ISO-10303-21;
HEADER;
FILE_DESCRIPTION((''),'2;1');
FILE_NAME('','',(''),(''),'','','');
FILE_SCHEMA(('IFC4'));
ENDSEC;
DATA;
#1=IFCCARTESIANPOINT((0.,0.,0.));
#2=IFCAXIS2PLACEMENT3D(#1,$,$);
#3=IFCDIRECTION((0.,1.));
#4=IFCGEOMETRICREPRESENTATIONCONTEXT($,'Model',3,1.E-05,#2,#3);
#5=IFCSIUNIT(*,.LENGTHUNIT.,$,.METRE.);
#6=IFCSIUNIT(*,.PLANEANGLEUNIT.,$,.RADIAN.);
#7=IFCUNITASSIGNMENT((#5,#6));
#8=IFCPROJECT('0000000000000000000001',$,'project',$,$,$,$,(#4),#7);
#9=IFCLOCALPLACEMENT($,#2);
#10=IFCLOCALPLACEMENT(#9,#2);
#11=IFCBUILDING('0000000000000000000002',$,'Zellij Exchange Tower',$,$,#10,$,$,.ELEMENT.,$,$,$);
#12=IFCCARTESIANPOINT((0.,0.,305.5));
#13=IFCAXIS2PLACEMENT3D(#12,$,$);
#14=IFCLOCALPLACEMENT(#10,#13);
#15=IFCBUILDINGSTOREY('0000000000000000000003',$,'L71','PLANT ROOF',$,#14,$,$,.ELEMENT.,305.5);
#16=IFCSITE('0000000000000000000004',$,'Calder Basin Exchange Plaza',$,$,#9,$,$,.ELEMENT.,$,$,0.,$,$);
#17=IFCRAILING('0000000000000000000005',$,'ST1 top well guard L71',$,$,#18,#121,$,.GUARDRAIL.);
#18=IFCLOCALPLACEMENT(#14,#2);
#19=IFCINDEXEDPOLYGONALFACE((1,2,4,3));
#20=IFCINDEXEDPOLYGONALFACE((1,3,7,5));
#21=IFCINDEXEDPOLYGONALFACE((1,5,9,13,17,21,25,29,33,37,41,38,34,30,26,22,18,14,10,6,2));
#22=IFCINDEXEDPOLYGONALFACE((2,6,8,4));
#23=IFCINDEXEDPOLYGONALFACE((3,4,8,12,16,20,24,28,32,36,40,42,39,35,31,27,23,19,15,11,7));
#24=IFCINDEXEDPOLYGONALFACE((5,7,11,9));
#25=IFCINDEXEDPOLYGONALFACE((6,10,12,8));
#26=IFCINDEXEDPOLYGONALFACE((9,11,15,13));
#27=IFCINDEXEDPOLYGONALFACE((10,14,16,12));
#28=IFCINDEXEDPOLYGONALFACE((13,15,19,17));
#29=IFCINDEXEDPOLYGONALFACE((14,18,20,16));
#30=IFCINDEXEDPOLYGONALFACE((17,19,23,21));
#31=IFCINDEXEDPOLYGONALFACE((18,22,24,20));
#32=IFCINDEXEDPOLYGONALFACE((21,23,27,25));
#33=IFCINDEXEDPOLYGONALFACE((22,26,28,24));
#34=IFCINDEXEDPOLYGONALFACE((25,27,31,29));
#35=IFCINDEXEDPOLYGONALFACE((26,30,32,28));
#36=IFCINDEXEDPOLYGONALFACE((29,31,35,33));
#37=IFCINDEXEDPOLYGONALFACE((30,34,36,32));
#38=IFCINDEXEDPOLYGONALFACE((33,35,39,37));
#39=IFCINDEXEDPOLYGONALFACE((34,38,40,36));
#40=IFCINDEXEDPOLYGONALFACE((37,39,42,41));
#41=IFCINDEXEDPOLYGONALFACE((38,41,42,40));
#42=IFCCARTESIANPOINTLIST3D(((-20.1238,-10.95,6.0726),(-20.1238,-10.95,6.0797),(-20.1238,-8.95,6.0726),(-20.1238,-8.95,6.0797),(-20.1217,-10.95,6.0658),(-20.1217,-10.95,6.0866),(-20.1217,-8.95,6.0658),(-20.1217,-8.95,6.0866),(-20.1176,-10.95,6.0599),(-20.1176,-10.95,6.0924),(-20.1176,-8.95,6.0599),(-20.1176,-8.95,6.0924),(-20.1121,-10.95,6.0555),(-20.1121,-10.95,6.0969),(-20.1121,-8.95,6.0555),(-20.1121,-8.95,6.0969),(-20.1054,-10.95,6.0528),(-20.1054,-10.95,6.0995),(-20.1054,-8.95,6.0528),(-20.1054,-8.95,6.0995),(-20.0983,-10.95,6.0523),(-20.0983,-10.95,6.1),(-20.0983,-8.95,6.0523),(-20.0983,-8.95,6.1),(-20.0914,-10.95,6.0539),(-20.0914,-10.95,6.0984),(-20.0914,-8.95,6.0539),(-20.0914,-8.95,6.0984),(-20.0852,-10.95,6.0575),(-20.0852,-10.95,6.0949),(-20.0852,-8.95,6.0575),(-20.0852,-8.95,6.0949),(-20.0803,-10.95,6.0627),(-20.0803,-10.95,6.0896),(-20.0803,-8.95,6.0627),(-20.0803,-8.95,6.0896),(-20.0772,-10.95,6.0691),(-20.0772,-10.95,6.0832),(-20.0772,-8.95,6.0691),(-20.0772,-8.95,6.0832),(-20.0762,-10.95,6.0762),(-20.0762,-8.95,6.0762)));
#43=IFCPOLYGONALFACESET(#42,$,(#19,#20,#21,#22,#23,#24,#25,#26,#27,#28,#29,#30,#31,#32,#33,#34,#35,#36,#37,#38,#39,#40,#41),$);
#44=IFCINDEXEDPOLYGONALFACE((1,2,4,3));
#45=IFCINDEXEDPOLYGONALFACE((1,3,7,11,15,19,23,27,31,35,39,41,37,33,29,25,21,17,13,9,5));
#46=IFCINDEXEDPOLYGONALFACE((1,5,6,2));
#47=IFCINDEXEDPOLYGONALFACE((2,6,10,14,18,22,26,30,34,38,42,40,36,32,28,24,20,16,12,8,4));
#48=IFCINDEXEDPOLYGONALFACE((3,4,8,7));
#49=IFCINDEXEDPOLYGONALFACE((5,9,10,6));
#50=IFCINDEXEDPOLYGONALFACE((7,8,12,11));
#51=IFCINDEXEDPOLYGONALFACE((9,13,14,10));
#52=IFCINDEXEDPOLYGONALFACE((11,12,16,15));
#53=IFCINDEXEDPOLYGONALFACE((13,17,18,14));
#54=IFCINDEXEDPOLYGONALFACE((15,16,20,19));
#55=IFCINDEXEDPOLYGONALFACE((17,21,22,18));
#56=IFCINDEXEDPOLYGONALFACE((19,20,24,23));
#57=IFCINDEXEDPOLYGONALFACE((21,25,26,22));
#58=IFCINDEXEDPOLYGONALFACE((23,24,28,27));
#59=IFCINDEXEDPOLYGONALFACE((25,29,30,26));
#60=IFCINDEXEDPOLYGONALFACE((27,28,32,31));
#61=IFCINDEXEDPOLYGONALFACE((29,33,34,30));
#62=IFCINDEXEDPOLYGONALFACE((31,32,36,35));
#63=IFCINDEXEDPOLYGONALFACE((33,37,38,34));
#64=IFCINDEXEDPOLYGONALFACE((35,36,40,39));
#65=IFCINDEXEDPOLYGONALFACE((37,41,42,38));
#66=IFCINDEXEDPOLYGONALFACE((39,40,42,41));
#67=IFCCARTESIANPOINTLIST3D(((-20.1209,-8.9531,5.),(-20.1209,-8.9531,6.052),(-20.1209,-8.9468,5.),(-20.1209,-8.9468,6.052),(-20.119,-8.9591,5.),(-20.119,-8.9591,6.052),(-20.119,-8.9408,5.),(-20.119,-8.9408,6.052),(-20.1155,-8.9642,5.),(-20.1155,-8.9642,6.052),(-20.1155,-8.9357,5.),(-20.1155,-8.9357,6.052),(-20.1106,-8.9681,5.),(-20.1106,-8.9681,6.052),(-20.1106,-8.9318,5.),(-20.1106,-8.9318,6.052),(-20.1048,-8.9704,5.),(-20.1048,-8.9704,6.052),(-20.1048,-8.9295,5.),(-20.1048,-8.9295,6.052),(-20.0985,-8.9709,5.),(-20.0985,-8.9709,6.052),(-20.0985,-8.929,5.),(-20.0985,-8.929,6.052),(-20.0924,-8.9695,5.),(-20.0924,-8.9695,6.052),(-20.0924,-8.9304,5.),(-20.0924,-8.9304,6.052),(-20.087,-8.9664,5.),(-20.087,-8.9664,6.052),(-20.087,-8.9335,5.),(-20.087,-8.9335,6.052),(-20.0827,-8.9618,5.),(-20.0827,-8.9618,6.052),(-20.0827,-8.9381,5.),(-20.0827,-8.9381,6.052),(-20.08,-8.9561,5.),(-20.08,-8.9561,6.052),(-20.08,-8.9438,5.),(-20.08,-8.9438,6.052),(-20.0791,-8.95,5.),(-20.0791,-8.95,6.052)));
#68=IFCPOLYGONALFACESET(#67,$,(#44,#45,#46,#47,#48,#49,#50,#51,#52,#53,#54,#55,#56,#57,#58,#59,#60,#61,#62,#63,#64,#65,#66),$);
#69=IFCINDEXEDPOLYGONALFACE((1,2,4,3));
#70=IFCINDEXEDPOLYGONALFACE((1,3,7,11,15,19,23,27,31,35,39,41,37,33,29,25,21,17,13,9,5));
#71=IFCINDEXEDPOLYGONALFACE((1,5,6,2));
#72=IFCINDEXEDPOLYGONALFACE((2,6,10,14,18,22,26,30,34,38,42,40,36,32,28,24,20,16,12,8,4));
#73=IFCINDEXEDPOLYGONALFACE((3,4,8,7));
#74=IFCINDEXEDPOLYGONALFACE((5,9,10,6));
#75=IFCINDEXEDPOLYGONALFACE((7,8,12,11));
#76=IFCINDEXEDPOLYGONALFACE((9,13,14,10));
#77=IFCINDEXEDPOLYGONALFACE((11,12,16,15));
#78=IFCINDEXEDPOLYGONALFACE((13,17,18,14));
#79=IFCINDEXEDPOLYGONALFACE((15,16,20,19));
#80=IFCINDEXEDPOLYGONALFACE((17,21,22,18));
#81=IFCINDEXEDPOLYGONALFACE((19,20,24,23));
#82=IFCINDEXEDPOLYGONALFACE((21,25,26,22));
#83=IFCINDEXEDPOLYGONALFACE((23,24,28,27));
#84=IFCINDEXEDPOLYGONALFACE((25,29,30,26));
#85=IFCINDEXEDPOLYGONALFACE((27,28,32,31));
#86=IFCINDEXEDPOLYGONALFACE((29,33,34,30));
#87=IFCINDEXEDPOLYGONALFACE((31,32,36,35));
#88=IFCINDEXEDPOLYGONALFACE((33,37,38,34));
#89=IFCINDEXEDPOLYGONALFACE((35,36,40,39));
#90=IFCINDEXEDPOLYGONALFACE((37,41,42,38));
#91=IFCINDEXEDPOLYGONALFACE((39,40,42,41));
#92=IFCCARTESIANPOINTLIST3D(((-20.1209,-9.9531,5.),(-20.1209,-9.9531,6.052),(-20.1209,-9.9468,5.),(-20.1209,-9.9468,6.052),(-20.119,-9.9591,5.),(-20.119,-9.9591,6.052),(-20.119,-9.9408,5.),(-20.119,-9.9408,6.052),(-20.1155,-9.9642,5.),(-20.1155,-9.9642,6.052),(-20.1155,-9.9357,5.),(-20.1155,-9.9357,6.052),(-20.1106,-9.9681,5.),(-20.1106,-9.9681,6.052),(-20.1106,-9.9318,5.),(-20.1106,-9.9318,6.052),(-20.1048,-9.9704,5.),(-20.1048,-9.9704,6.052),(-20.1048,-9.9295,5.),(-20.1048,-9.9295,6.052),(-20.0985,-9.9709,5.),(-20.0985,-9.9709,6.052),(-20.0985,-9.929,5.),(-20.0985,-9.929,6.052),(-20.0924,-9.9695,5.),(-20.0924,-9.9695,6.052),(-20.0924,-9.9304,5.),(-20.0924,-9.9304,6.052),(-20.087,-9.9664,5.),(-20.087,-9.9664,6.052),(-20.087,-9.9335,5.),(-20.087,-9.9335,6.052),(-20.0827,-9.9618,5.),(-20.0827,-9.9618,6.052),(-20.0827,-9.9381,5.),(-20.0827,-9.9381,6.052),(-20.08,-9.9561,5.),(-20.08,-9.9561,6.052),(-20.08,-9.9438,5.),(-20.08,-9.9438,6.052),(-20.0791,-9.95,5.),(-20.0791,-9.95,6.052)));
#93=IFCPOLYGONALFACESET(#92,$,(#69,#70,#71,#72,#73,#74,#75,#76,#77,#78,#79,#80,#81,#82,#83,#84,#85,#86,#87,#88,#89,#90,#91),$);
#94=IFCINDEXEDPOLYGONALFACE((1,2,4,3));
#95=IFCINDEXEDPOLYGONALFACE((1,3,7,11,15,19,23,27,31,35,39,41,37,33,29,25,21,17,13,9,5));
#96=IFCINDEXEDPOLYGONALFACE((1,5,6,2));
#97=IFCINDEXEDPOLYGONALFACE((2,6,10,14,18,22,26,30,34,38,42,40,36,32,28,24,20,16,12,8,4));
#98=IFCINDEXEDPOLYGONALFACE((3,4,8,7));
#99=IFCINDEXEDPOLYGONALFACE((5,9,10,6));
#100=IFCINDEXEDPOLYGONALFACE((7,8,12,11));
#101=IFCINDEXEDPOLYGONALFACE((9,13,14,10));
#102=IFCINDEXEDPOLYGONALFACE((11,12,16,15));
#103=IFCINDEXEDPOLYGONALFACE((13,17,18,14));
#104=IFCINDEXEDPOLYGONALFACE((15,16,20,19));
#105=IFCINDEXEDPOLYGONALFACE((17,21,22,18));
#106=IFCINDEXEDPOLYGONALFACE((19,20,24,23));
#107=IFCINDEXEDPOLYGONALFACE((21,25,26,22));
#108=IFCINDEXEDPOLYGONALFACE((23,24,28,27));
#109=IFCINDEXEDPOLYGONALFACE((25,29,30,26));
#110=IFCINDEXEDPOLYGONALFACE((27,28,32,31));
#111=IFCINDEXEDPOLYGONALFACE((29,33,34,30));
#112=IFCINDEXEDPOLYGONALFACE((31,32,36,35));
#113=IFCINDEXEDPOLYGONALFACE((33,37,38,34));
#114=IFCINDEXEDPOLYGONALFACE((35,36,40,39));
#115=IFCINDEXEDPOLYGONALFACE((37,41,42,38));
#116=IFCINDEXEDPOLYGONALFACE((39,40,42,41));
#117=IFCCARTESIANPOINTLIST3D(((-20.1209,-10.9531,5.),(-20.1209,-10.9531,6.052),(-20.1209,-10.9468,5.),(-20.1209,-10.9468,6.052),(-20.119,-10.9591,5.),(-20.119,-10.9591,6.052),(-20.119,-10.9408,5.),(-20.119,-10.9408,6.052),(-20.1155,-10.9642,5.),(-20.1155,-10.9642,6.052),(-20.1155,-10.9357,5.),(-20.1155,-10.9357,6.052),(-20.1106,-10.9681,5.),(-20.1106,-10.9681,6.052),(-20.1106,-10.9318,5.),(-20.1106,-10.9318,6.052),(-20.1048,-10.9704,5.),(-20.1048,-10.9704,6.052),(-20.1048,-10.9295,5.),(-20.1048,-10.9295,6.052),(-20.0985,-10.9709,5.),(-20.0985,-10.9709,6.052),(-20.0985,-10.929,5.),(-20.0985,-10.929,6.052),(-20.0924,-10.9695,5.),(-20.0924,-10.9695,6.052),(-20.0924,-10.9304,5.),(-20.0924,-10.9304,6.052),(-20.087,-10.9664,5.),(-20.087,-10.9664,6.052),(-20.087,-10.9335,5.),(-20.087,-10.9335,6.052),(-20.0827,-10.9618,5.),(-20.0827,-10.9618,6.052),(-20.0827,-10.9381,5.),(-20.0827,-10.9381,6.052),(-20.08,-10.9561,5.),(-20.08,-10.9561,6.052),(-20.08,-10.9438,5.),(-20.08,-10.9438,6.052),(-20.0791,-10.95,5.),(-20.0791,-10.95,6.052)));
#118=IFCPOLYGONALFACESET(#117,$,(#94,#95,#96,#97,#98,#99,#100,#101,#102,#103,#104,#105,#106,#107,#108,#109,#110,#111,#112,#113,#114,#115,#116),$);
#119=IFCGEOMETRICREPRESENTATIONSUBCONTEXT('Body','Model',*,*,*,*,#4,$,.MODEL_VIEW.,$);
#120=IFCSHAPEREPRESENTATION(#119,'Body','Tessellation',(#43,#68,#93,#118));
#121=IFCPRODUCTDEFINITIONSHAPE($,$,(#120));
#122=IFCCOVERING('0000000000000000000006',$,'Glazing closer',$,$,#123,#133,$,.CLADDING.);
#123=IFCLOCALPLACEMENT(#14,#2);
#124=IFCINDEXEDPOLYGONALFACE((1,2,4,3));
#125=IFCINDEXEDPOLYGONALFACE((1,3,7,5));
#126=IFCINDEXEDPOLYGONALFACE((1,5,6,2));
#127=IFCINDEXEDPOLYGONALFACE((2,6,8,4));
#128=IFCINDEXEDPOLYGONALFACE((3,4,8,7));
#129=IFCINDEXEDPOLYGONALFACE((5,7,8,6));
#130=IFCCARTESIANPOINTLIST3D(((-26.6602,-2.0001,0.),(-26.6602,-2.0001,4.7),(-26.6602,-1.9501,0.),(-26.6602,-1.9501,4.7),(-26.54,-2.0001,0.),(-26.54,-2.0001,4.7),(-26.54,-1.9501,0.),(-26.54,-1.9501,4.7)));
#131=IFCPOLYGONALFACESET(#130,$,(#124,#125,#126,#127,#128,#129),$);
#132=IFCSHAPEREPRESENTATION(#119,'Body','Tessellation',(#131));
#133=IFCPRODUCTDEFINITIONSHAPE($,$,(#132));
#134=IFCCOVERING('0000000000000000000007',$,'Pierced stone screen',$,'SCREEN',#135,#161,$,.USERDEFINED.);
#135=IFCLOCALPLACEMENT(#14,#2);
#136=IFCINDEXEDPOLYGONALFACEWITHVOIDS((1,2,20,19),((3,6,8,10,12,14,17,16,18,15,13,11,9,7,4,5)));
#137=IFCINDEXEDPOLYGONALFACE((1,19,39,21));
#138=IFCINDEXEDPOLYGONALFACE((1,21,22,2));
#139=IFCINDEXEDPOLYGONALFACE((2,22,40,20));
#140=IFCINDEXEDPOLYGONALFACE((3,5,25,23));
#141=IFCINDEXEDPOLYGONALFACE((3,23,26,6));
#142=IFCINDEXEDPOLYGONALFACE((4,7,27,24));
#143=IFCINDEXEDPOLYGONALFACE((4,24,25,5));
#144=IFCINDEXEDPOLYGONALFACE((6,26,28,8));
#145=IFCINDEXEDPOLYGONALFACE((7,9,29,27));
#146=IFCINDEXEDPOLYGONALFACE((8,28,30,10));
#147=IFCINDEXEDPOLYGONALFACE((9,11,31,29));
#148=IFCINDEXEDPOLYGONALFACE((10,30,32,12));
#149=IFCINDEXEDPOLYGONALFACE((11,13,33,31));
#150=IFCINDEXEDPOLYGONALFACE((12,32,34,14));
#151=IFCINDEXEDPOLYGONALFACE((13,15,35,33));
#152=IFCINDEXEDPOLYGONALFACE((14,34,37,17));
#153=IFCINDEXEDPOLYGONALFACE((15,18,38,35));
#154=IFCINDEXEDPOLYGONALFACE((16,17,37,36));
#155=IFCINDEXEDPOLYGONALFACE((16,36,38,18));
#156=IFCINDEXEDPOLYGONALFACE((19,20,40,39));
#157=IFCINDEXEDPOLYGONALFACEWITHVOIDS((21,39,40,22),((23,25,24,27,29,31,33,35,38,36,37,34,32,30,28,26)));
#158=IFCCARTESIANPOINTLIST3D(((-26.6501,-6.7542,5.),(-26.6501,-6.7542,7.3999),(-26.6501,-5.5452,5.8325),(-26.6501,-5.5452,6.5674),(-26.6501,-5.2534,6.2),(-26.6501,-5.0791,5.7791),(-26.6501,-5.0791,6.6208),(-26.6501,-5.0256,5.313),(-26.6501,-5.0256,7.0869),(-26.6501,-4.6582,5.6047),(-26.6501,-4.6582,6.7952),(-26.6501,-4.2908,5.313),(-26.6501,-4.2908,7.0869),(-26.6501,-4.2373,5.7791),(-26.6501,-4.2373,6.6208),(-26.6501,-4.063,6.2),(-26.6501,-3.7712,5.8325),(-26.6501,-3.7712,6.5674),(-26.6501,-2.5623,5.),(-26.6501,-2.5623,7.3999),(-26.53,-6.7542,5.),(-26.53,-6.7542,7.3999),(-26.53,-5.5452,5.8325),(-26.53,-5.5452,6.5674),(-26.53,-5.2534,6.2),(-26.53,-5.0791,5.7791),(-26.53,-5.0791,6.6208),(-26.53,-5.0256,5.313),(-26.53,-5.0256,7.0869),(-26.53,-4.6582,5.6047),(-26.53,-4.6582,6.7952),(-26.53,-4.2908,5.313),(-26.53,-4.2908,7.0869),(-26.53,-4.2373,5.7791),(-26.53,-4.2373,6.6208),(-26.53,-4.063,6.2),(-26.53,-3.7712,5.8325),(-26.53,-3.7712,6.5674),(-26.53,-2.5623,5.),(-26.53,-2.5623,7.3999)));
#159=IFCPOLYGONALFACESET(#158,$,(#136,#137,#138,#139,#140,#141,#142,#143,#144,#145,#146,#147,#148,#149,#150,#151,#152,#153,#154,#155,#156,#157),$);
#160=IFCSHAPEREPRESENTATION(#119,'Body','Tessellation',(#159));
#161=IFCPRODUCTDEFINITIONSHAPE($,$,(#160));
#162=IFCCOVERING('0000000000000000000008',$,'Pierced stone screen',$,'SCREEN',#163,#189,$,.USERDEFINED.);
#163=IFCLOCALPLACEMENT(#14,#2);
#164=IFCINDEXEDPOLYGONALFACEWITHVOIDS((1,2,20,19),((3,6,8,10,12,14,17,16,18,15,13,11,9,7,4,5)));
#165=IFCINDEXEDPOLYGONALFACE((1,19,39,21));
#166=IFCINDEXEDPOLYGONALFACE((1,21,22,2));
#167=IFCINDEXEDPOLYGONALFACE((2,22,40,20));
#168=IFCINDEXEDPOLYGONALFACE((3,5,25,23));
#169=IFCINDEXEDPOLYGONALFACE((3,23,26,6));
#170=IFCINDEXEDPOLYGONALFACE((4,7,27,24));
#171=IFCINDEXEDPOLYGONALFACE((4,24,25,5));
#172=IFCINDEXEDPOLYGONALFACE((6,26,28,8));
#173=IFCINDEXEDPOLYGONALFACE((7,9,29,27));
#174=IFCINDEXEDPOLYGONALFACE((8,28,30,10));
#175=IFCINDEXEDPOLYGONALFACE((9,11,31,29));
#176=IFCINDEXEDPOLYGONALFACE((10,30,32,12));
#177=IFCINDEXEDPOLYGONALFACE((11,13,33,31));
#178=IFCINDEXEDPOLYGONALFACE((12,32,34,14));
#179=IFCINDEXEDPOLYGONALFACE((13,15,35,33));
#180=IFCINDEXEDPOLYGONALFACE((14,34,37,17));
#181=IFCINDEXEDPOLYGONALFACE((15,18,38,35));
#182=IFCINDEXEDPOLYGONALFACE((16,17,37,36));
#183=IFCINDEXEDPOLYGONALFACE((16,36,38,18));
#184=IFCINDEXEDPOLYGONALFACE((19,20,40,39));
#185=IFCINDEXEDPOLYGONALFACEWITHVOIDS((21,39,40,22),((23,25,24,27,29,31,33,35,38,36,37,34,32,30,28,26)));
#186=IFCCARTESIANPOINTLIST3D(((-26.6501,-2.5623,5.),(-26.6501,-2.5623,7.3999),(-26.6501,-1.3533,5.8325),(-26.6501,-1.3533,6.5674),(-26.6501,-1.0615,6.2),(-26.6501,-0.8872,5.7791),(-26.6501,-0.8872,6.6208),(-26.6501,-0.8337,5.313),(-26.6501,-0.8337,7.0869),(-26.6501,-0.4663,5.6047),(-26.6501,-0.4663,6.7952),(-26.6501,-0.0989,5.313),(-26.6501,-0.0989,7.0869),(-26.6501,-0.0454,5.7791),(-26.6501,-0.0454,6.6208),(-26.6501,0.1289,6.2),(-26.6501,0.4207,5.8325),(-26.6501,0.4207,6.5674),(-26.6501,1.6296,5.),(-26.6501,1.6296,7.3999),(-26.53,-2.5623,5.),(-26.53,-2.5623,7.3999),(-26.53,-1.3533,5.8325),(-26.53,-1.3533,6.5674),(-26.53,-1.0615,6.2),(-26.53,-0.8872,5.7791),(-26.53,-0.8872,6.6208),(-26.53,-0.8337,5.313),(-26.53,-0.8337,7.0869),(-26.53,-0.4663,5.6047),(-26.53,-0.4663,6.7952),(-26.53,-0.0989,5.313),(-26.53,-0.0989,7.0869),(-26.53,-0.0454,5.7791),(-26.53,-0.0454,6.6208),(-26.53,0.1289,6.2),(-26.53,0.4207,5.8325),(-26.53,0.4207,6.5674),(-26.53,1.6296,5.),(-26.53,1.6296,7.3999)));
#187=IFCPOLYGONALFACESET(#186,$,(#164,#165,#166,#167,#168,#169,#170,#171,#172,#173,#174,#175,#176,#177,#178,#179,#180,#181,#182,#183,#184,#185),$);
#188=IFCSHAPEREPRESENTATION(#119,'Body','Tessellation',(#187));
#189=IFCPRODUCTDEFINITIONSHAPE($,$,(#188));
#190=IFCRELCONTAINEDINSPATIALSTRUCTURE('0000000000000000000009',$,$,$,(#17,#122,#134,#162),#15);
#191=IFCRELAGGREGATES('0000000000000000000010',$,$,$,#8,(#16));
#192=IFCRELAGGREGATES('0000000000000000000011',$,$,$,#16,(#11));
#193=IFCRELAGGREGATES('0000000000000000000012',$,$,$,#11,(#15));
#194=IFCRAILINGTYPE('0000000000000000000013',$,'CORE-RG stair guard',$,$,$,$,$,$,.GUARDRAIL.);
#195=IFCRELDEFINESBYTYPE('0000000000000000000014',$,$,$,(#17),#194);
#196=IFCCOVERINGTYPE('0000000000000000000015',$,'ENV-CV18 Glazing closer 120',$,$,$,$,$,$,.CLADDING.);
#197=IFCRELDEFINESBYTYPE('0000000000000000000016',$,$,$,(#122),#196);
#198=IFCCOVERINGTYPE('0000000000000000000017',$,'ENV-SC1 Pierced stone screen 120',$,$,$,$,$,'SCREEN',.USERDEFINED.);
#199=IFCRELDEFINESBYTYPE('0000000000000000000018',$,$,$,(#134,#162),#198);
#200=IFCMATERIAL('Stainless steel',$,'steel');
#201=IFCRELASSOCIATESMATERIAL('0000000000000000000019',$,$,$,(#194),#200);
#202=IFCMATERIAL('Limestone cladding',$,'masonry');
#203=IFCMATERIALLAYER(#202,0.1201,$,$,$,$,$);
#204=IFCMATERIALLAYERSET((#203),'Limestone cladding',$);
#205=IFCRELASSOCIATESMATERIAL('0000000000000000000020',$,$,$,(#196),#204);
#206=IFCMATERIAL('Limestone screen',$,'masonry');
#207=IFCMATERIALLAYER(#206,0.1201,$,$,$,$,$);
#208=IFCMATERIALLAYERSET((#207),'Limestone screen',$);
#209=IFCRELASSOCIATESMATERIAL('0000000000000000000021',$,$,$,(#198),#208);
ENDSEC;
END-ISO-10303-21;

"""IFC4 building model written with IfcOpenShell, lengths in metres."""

from ifc_helpers import new_model, si_unit, direction, frame, origin, origin_2d, place, context, subcontext, project, spatial, polyline, rectangle, circle, outline, extrude, material, layer, layer_set, type_object, element, save


model = new_model("IFC4")

# Units and contexts
model_context = context("Model", 3, precision=1e-05, world=origin(), true_north=direction((0.0, 1.0)))
body_context = subcontext(model_context, "Body", "Model", "MODEL_VIEW")
ifc_project = project(units=[si_unit("LENGTHUNIT", "METRE"), si_unit("PLANEANGLEUNIT", "RADIAN")], contexts=[model_context])

# Site, building, storey
site_placement = place(None, origin())
site = spatial("IfcSite", under=ifc_project, at=site_placement, Name="Calder Basin Exchange Plaza", CompositionType="ELEMENT", RefElevation=0.0)
building_placement = place(site_placement, origin())
building = spatial("IfcBuilding", under=site, at=building_placement, Name="Zellij Exchange Tower", CompositionType="ELEMENT")
storey_placement = place(building_placement, frame((0.0, 0.0, 305.5)))
storey = spatial("IfcBuildingStorey", under=building, at=storey_placement, Name="L71", Description="PLANT ROOF", CompositionType="ELEMENT", Elevation=305.5)

# Railing
ifc_material_1 = material(Name="Stainless steel", Category="steel")
railing_type_1 = type_object("IfcRailingType", Name="CORE-RG stair guard", PredefinedType="GUARDRAIL", material=ifc_material_1)
railing_1_placement = place(storey_placement, frame((-20.1001, -8.95, 5.0)))
element("IfcRailing", 1, at=railing_1_placement, inside=storey, type_object=railing_type_1, Name="ST1 top well guard L71", PredefinedType="GUARDRAIL", context=body_context, shape_type="SweptSolid", body=[
    extrude(circle(Radius=0.0239, at=origin_2d()), frame((0.0, 0.0, 1.0762), z_axis=(0.0, -1.0, 0.0), x_axis=(1.0, 0.0, 0.0)), (0.0, 0.0, 1.0), 2.0),
    extrude(circle(Radius=0.021, at=origin_2d()), origin(), (0.0, 0.0, 1.0), 1.052),
    extrude(circle(Radius=0.021, at=origin_2d()), frame((0.0, -1.0, 0.0)), (0.0, 0.0, 1.0), 1.052),
    extrude(circle(Radius=0.021, at=origin_2d()), frame((0.0, -2.0, 0.0)), (0.0, 0.0, 1.0), 1.052),
])

# Coverings
ifc_material_2 = material(Name="Limestone cladding", Category="masonry")
ifc_layer_1 = layer(ifc_material_2, 0.1201)
ifc_layer_set_1 = layer_set([ifc_layer_1], Name="Limestone cladding")
covering_type_1 = type_object("IfcCoveringType", Name="ENV-CV18 Glazing closer 120", PredefinedType="CLADDING", material=ifc_layer_set_1)
covering_placement = place(storey_placement, frame((-26.6001, -1.9751, 0.0), z_axis=(0.0, 0.0, 1.0), x_axis=(0.0, -1.0, 0.0)))
element("IfcCovering", 2, at=covering_placement, inside=storey, type_object=covering_type_1, Name="Glazing closer", PredefinedType="CLADDING", context=body_context, shape_type="SweptSolid", body=[
    extrude(rectangle(XDim=0.05, YDim=0.1201, at=origin_2d()), origin(), (0.0, 0.0, 1.0), 4.7),
])
ifc_material_3 = material(Name="Limestone screen", Category="masonry")
ifc_layer_2 = layer(ifc_material_3, 0.1201)
ifc_layer_set_2 = layer_set([ifc_layer_2], Name="Limestone screen")
covering_type_2 = type_object("IfcCoveringType", Name="ENV-SC1 Pierced stone screen 120", ElementType="SCREEN", PredefinedType="USERDEFINED", material=ifc_layer_set_2)
for number, where, z_axis, x_axis, name in (
    (3, (-26.5901, -6.7542, 5.0), (0.0, 0.0, 1.0), (0.0, 1.0, 0.0), "Pierced stone screen"),
    (4, (-26.5901, -2.5623, 5.0), (0.0, 0.0, 1.0), (0.0, 1.0, 0.0), "Pierced stone screen"),
):
    element("IfcCovering", number, at=place(storey_placement, frame(where, z_axis=z_axis, x_axis=x_axis)), inside=storey, type_object=covering_type_2, Name=name, ObjectType="SCREEN", PredefinedType="USERDEFINED", context=body_context, shape_type="SweptSolid", body=[
        extrude(outline(polyline([(0.0, 0.0), (4.1919, 0.0), (4.1919, 2.3999), (0.0, 2.3999), (0.0, 0.0)]), holes=[polyline([(2.9829, 1.5674), (2.5168, 1.6208), (2.4634, 2.0869), (2.0959, 1.7952), (1.7285, 2.0869), (1.675, 1.6208), (1.209, 1.5674), (1.5007, 1.2), (1.209, 0.8325), (1.675, 0.7791), (1.7285, 0.313), (2.0959, 0.6047), (2.4634, 0.313), (2.5168, 0.7791), (2.9829, 0.8325), (2.6912, 1.2), (2.9829, 1.5674)])]), frame((0.0, 0.0601, 0.0), z_axis=(0.0, -1.0, 0.0), x_axis=(1.0, 0.0, 0.0)), (0.0, 0.0, 1.0), 0.1201),
    ])

save(model, "model.ifc")
